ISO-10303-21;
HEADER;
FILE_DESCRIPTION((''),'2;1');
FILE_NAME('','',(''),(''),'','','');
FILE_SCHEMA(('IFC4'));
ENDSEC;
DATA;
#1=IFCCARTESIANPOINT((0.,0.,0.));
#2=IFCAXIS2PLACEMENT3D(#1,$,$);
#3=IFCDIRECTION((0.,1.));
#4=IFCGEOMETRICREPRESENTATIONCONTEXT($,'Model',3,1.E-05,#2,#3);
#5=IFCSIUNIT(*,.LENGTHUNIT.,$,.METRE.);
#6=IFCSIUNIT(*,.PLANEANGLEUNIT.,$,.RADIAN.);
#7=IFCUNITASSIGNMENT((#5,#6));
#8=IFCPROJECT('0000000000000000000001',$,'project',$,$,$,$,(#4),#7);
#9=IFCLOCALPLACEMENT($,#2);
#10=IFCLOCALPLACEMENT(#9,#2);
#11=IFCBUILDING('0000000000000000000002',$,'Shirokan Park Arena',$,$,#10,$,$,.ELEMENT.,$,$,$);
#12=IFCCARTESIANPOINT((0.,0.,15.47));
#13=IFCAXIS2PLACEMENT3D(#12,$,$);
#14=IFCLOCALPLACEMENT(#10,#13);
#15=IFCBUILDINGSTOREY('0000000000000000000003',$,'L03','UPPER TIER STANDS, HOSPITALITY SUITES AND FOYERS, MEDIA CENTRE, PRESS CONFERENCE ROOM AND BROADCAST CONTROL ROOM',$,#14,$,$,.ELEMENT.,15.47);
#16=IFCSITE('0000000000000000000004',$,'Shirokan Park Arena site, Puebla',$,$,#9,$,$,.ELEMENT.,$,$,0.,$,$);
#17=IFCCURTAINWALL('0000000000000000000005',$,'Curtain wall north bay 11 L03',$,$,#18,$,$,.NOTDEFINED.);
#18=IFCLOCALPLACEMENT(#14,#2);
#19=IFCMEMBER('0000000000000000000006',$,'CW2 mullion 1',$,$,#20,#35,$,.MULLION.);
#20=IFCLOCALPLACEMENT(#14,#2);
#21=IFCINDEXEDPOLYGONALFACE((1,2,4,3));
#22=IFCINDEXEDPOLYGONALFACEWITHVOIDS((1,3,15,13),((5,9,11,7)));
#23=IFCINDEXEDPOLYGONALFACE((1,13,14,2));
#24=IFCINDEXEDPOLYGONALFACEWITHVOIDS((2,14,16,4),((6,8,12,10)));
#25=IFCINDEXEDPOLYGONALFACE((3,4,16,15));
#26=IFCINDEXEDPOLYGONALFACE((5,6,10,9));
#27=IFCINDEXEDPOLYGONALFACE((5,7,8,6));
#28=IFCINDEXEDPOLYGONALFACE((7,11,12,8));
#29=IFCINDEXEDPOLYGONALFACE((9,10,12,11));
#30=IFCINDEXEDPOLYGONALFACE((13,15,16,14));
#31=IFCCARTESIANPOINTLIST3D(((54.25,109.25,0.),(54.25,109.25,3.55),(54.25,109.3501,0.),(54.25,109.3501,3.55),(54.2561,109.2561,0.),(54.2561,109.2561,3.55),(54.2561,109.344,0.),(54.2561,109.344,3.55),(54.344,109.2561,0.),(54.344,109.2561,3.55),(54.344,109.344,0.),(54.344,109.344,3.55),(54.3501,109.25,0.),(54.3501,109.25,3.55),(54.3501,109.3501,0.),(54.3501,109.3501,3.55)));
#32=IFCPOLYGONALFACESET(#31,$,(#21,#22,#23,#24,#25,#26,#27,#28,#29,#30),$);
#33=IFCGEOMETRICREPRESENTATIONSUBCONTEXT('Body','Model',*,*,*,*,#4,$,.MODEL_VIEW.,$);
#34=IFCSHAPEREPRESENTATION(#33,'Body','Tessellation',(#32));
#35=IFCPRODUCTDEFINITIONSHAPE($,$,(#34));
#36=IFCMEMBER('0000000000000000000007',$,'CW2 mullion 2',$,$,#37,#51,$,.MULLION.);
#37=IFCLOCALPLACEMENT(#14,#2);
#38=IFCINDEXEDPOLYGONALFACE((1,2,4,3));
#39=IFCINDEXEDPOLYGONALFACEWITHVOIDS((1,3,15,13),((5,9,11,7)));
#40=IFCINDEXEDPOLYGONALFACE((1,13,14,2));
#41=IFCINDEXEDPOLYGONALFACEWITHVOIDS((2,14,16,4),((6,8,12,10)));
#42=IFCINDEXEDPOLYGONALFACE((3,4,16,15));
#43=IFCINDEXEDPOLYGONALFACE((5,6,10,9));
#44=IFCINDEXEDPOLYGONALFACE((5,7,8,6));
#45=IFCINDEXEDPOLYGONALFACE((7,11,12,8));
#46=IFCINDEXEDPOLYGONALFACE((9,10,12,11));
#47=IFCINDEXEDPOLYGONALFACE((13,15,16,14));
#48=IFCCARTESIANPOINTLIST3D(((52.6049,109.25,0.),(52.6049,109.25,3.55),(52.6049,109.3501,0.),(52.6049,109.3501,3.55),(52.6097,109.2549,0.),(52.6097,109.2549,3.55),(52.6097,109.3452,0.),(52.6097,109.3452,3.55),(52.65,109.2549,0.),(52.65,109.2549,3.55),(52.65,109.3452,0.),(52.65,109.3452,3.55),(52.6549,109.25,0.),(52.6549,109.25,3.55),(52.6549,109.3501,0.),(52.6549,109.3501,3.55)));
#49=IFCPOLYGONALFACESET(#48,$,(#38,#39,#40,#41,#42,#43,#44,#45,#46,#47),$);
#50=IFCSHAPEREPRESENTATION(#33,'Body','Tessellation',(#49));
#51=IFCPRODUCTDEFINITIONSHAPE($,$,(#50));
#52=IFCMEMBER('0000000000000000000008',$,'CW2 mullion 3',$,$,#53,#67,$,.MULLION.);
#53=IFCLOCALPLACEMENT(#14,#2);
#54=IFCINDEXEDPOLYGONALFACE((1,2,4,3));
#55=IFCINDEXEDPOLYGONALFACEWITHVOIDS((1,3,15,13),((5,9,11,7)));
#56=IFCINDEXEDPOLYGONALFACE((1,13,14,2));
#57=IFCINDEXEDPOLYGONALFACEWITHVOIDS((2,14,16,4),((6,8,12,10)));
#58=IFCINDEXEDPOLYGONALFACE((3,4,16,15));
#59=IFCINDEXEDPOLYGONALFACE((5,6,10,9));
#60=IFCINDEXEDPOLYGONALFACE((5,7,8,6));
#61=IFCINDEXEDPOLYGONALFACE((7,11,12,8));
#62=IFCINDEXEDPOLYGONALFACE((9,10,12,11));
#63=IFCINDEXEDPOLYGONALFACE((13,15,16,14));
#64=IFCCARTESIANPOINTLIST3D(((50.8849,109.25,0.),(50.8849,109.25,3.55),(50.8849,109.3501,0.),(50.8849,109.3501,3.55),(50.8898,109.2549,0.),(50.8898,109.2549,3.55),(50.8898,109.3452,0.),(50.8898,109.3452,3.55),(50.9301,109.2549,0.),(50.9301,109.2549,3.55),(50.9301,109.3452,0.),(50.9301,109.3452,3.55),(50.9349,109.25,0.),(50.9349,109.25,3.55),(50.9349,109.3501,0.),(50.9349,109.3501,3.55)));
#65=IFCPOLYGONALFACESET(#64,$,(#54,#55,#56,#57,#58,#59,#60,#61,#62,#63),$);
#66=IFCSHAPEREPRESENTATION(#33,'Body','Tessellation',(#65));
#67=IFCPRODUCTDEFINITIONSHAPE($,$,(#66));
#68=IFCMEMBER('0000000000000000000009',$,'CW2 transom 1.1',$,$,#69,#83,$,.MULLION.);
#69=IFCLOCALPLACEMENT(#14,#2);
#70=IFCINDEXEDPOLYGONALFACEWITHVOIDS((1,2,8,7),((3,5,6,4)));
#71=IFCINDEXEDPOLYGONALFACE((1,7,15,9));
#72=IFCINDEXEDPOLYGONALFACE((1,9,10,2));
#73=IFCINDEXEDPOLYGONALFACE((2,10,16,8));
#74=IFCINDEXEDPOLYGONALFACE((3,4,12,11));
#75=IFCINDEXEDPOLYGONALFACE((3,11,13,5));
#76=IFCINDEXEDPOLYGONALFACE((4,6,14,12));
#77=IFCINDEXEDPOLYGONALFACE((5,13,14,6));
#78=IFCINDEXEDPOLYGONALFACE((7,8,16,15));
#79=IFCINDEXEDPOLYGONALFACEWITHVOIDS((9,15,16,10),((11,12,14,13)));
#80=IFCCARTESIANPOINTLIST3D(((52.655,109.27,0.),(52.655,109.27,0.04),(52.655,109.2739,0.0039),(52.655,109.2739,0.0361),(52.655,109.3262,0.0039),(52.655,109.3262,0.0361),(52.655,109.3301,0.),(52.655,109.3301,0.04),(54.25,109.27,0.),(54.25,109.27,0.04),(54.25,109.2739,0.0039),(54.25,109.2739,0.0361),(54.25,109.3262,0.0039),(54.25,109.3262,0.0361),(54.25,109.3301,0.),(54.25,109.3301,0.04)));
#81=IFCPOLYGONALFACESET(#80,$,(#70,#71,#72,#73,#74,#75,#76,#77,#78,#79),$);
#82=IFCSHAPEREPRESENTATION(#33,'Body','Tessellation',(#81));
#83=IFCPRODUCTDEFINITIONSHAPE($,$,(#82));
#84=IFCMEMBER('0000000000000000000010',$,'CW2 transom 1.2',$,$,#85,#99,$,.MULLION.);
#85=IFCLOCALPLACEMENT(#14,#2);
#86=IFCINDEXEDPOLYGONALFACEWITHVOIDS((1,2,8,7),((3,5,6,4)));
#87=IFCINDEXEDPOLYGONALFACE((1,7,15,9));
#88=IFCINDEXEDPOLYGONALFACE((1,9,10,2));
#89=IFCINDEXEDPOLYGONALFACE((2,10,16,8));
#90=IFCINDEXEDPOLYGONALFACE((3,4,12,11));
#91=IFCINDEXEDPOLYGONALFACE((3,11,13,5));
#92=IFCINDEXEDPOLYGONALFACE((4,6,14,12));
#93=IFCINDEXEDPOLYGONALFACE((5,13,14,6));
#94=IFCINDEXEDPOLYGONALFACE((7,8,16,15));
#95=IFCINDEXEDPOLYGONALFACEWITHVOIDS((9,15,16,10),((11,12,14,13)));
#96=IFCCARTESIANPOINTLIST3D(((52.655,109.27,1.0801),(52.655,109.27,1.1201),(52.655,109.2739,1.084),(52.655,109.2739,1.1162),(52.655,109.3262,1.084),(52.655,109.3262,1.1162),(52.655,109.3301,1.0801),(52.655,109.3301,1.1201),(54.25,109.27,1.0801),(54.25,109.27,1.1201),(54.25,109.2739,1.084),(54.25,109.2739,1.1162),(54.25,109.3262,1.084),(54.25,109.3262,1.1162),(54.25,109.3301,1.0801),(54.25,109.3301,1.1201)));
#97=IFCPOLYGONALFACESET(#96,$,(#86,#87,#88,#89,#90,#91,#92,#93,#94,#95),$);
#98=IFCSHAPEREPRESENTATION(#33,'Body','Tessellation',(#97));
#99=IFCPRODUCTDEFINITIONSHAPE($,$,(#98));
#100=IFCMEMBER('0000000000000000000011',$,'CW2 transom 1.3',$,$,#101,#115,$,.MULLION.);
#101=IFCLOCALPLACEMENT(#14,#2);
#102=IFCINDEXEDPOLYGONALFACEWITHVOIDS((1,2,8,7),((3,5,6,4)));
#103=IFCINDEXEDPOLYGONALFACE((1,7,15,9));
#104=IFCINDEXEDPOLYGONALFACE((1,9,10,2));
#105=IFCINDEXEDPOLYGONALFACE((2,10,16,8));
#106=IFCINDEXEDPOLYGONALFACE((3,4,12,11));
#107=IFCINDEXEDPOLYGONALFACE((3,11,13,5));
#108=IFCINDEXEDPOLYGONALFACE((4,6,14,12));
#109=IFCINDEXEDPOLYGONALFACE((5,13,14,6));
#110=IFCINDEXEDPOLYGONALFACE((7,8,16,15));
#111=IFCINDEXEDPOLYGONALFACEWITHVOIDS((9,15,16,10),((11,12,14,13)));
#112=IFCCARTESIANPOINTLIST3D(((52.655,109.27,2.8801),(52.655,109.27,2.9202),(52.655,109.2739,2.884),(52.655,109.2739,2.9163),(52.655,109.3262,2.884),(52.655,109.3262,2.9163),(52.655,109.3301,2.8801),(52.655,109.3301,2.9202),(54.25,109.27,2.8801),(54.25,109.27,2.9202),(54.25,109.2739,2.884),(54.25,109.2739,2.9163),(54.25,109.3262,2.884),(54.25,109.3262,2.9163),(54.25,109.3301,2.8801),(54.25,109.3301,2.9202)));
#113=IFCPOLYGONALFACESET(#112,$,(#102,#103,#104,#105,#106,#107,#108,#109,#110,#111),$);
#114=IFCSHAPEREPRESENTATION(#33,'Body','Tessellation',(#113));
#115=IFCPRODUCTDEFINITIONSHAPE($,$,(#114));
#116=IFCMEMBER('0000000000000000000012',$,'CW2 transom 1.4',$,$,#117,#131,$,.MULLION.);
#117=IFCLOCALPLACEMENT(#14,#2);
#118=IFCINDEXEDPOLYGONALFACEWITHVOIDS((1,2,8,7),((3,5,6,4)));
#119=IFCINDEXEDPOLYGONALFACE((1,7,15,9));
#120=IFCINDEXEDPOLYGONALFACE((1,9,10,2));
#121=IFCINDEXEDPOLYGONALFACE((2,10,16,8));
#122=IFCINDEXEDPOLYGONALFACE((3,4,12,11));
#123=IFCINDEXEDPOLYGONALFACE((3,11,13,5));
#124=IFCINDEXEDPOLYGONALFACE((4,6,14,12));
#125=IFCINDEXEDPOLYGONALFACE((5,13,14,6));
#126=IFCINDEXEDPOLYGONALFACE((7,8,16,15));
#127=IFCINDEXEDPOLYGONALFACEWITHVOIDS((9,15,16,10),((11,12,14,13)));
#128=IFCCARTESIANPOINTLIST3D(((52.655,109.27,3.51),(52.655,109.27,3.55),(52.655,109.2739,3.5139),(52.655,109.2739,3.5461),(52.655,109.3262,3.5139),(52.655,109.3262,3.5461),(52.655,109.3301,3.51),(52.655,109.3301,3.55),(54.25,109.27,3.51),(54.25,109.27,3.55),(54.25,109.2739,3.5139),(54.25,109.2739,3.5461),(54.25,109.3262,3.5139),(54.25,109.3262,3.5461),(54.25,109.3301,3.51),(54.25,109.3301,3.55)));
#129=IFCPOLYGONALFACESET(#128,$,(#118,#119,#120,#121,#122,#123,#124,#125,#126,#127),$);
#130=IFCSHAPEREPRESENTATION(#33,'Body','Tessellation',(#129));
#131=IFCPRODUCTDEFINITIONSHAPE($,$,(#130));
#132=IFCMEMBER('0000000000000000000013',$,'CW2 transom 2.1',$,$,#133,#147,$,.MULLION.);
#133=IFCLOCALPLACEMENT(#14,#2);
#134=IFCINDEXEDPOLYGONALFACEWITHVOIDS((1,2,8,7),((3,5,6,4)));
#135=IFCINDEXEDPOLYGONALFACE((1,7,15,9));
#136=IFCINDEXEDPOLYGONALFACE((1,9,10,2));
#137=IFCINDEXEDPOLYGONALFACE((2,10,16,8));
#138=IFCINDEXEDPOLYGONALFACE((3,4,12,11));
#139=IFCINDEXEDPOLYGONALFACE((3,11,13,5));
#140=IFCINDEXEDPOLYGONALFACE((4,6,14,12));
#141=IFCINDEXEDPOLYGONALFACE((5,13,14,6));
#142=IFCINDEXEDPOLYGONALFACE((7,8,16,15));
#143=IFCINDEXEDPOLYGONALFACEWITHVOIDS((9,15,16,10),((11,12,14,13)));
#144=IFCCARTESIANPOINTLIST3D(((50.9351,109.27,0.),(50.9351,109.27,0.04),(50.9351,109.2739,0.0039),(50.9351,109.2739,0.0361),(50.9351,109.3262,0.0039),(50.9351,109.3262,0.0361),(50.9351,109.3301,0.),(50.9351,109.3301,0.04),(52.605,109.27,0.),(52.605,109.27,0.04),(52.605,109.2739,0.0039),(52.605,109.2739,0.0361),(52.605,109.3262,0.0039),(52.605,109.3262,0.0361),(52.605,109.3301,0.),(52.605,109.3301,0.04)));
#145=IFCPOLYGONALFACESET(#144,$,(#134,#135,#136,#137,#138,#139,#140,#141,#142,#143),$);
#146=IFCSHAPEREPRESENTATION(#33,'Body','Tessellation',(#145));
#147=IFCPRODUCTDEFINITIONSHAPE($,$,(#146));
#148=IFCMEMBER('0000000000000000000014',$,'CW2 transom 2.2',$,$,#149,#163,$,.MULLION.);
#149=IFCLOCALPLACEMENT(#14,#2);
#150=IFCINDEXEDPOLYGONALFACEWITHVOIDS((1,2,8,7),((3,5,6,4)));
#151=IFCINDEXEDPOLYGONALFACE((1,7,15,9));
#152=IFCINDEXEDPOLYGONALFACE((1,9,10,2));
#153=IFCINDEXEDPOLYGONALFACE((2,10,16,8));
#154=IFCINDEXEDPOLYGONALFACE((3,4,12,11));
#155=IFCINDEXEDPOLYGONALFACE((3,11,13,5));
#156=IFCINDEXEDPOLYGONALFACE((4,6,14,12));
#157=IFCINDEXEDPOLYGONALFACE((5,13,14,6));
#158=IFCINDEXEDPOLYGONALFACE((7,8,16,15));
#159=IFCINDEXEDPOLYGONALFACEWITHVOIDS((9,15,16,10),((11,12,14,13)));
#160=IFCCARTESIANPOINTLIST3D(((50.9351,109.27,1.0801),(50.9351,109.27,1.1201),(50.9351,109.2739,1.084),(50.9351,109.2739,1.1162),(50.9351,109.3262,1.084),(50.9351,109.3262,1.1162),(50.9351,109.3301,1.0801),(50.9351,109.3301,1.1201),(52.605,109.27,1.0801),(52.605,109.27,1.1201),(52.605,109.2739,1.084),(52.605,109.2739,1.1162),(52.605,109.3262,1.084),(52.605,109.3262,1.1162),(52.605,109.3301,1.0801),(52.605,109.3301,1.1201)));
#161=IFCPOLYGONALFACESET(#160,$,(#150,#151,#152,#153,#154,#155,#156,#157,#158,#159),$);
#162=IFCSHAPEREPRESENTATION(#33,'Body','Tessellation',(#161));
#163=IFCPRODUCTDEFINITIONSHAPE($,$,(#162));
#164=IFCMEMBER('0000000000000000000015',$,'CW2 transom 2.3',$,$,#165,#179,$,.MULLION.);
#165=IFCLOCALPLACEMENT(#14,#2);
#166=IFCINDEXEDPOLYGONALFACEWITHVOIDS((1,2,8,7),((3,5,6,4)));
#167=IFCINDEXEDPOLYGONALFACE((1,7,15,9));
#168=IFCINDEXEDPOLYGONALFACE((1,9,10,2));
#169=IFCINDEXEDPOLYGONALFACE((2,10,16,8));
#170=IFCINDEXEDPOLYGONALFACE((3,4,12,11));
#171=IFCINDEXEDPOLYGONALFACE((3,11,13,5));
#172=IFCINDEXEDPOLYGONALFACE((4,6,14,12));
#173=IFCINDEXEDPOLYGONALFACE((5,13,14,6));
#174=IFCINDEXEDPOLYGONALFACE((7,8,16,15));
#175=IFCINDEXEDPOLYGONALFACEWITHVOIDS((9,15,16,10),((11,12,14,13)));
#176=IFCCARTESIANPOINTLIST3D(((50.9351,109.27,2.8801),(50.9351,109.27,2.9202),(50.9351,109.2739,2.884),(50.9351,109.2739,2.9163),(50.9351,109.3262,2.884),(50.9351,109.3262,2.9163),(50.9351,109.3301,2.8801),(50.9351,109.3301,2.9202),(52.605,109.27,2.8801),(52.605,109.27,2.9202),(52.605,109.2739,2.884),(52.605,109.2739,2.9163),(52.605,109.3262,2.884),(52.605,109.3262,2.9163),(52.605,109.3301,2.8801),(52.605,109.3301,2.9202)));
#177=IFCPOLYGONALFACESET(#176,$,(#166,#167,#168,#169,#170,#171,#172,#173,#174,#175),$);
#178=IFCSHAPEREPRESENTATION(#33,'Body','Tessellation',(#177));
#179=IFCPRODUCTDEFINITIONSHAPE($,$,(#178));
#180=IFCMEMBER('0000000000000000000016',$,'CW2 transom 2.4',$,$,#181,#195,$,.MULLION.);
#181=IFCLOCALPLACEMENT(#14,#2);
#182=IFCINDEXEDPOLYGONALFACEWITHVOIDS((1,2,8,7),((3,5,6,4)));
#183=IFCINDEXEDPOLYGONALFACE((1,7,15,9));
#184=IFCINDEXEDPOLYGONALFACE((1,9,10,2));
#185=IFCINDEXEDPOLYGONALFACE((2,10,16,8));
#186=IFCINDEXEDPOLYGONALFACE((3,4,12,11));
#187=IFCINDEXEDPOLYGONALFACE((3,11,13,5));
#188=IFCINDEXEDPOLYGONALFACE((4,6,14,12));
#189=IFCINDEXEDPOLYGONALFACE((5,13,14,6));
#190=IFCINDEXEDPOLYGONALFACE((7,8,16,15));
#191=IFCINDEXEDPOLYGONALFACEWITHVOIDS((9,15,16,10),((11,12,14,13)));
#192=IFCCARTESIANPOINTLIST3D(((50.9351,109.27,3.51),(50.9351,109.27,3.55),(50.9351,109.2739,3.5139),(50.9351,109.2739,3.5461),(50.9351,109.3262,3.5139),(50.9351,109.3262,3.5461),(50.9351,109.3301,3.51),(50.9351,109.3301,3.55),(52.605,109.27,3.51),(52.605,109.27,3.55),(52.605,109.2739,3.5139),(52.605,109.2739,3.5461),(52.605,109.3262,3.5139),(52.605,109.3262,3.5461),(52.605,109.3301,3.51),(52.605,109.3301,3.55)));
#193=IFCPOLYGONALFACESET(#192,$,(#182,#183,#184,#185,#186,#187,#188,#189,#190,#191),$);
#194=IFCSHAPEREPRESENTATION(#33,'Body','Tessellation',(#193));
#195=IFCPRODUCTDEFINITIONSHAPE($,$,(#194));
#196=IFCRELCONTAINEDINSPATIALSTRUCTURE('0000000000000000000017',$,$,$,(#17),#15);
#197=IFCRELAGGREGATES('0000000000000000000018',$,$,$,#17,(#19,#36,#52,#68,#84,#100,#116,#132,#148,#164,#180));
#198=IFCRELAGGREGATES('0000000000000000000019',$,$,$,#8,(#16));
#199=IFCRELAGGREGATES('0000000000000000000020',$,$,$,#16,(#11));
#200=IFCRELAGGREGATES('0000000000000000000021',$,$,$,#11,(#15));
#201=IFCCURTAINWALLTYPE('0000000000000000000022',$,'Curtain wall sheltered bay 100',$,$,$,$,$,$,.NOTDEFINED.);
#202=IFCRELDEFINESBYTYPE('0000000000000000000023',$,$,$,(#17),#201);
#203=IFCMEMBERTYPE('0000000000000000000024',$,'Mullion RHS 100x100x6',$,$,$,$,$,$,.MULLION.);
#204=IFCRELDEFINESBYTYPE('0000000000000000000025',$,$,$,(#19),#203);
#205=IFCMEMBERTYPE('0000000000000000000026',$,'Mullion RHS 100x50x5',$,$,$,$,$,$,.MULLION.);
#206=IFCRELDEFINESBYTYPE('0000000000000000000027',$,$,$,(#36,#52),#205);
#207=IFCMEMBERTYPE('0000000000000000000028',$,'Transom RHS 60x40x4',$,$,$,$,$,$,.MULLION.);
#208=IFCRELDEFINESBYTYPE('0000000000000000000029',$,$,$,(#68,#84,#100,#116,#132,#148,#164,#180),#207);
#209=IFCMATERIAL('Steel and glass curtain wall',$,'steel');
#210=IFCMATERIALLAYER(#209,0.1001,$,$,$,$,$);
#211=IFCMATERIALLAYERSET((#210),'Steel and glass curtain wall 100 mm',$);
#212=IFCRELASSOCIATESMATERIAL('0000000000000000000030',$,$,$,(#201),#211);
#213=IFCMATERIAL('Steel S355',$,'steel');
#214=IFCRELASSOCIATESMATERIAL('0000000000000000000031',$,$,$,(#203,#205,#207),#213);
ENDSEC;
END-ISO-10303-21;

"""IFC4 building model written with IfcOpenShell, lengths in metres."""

from ifc_helpers import new_model, si_unit, direction, frame, origin, origin_2d, place, context, subcontext, project, spatial, hollow_rectangle, extrude, material, layer, layer_set, material_profile, profile_set, type_object, element, aggregate, save


model = new_model("IFC4")

# Units and contexts
model_context = context("Model", 3, precision=1e-05, world=origin(), true_north=direction((0.0, 1.0)))
body_context = subcontext(model_context, "Body", "Model", "MODEL_VIEW")
ifc_project = project(units=[si_unit("LENGTHUNIT", "METRE"), si_unit("PLANEANGLEUNIT", "RADIAN")], contexts=[model_context])

# Site, building, storey
site_placement = place(None, origin())
site = spatial("IfcSite", under=ifc_project, at=site_placement, Name="Shirokan Park Arena site, Puebla", CompositionType="ELEMENT", RefElevation=0.0)
building_placement = place(site_placement, origin())
building = spatial("IfcBuilding", under=site, at=building_placement, Name="Shirokan Park Arena", CompositionType="ELEMENT")
storey_placement = place(building_placement, frame((0.0, 0.0, 15.47)))
storey = spatial("IfcBuildingStorey", under=building, at=storey_placement, Name="L03", Description="UPPER TIER STANDS, HOSPITALITY SUITES AND FOYERS, MEDIA CENTRE, PRESS CONFERENCE ROOM AND BROADCAST CONTROL ROOM", CompositionType="ELEMENT", Elevation=15.47)

# Curtain wall, members
ifc_material_1 = material(Name="Steel and glass curtain wall", Category="steel")
ifc_layer_1 = layer(ifc_material_1, 0.1001)
ifc_layer_set_1 = layer_set([ifc_layer_1], Name="Steel and glass curtain wall 100 mm")
curtain_wall_type = type_object("IfcCurtainWallType", Name="Curtain wall sheltered bay 100", PredefinedType="NOTDEFINED", material=ifc_layer_set_1)
curtain_wall_placement = place(storey_placement, origin())
curtain_wall = element("IfcCurtainWall", 1, at=curtain_wall_placement, inside=storey, type_object=curtain_wall_type, Name="Curtain wall north bay 11 L03", PredefinedType="NOTDEFINED")
ifc_material_2 = material(Name="Steel S355", Category="steel")
ifc_material_profile_1 = material_profile(ifc_material_2, hollow_rectangle(XDim=0.1001, YDim=0.1001, WallThickness=0.0061, at=origin_2d()), Name="RHS 100x100x6")
ifc_profile_set_1 = profile_set([ifc_material_profile_1], Name="Steel S355")
member_type_1 = type_object("IfcMemberType", Name="Mullion RHS 100x100x6", PredefinedType="MULLION", material=ifc_profile_set_1)
member_1_placement = place(storey_placement, frame((54.3, 109.3, 0.0), z_axis=(0.0, 0.0, 1.0), x_axis=(0.0, -1.0, 0.0)))
member_1 = element("IfcMember", 2, at=member_1_placement, type_object=member_type_1, Name="CW2 mullion 1", PredefinedType="MULLION", context=body_context, shape_type="SweptSolid", body=[
    extrude(hollow_rectangle(XDim=0.1001, YDim=0.1001, WallThickness=0.0061, at=origin_2d()), origin(), (0.0, 0.0, 1.0), 3.55),
])
ifc_material_profile_2 = material_profile(ifc_material_2, hollow_rectangle(XDim=0.1001, YDim=0.05, WallThickness=0.0049, at=origin_2d()), Name="RHS 100x50x5")
ifc_profile_set_2 = profile_set([ifc_material_profile_2], Name="Steel S355")
member_type_2 = type_object("IfcMemberType", Name="Mullion RHS 100x50x5", PredefinedType="MULLION", material=ifc_profile_set_2)
member_2_placement = place(storey_placement, frame((52.6299, 109.3, 0.0), z_axis=(0.0, 0.0, 1.0), x_axis=(0.0, -1.0, 0.0)))
member_2 = element("IfcMember", 3, at=member_2_placement, type_object=member_type_2, Name="CW2 mullion 2", PredefinedType="MULLION", context=body_context, shape_type="SweptSolid", body=[
    extrude(hollow_rectangle(XDim=0.1001, YDim=0.05, WallThickness=0.0049, at=origin_2d()), origin(), (0.0, 0.0, 1.0), 3.55),
])
member_3_placement = place(storey_placement, frame((50.9099, 109.3, 0.0), z_axis=(0.0, 0.0, 1.0), x_axis=(0.0, -1.0, 0.0)))
member_3 = element("IfcMember", 4, at=member_3_placement, type_object=member_type_2, Name="CW2 mullion 3", PredefinedType="MULLION", context=body_context, shape_type="SweptSolid", body=[
    extrude(hollow_rectangle(XDim=0.1001, YDim=0.05, WallThickness=0.0049, at=origin_2d()), origin(), (0.0, 0.0, 1.0), 3.55),
])
ifc_material_profile_3 = material_profile(ifc_material_2, hollow_rectangle(XDim=0.0601, YDim=0.04, WallThickness=0.0039, at=origin_2d()), Name="RHS 60x40x4")
ifc_profile_set_3 = profile_set([ifc_material_profile_3], Name="Steel S355")
member_type_3 = type_object("IfcMemberType", Name="Transom RHS 60x40x4", PredefinedType="MULLION", material=ifc_profile_set_3)
member_4_placement = place(storey_placement, frame((54.25, 109.3, 0.02), z_axis=(-1.0, 0.0, 0.0), x_axis=(0.0, -1.0, 0.0)))
member_4 = element("IfcMember", 5, at=member_4_placement, type_object=member_type_3, Name="CW2 transom 1.1", PredefinedType="MULLION", context=body_context, shape_type="SweptSolid", body=[
    extrude(hollow_rectangle(XDim=0.0601, YDim=0.04, WallThickness=0.0039, at=origin_2d()), origin(), (0.0, 0.0, 1.0), 1.595),
])
member_5_placement = place(storey_placement, frame((54.25, 109.3, 1.1001), z_axis=(-1.0, 0.0, 0.0), x_axis=(0.0, -1.0, 0.0)))
member_5 = element("IfcMember", 6, at=member_5_placement, type_object=member_type_3, Name="CW2 transom 1.2", PredefinedType="MULLION", context=body_context, shape_type="SweptSolid", body=[
    extrude(hollow_rectangle(XDim=0.0601, YDim=0.04, WallThickness=0.0039, at=origin_2d()), origin(), (0.0, 0.0, 1.0), 1.595),
])
member_6_placement = place(storey_placement, frame((54.25, 109.3, 2.9001), z_axis=(-1.0, 0.0, 0.0), x_axis=(0.0, -1.0, 0.0)))
member_6 = element("IfcMember", 7, at=member_6_placement, type_object=member_type_3, Name="CW2 transom 1.3", PredefinedType="MULLION", context=body_context, shape_type="SweptSolid", body=[
    extrude(hollow_rectangle(XDim=0.0601, YDim=0.04, WallThickness=0.0039, at=origin_2d()), origin(), (0.0, 0.0, 1.0), 1.595),
])
member_7_placement = place(storey_placement, frame((54.25, 109.3, 3.53), z_axis=(-1.0, 0.0, 0.0), x_axis=(0.0, -1.0, 0.0)))
member_7 = element("IfcMember", 8, at=member_7_placement, type_object=member_type_3, Name="CW2 transom 1.4", PredefinedType="MULLION", context=body_context, shape_type="SweptSolid", body=[
    extrude(hollow_rectangle(XDim=0.0601, YDim=0.04, WallThickness=0.0039, at=origin_2d()), origin(), (0.0, 0.0, 1.0), 1.595),
])
member_8_placement = place(storey_placement, frame((52.605, 109.3, 0.02), z_axis=(-1.0, 0.0, 0.0), x_axis=(0.0, -1.0, 0.0)))
member_8 = element("IfcMember", 9, at=member_8_placement, type_object=member_type_3, Name="CW2 transom 2.1", PredefinedType="MULLION", context=body_context, shape_type="SweptSolid", body=[
    extrude(hollow_rectangle(XDim=0.0601, YDim=0.04, WallThickness=0.0039, at=origin_2d()), origin(), (0.0, 0.0, 1.0), 1.6699),
])
member_9_placement = place(storey_placement, frame((52.605, 109.3, 1.1001), z_axis=(-1.0, 0.0, 0.0), x_axis=(0.0, -1.0, 0.0)))
member_9 = element("IfcMember", 10, at=member_9_placement, type_object=member_type_3, Name="CW2 transom 2.2", PredefinedType="MULLION", context=body_context, shape_type="SweptSolid", body=[
    extrude(hollow_rectangle(XDim=0.0601, YDim=0.04, WallThickness=0.0039, at=origin_2d()), origin(), (0.0, 0.0, 1.0), 1.6699),
])
member_10_placement = place(storey_placement, frame((52.605, 109.3, 2.9001), z_axis=(-1.0, 0.0, 0.0), x_axis=(0.0, -1.0, 0.0)))
member_10 = element("IfcMember", 11, at=member_10_placement, type_object=member_type_3, Name="CW2 transom 2.3", PredefinedType="MULLION", context=body_context, shape_type="SweptSolid", body=[
    extrude(hollow_rectangle(XDim=0.0601, YDim=0.04, WallThickness=0.0039, at=origin_2d()), origin(), (0.0, 0.0, 1.0), 1.6699),
])
member_11_placement = place(storey_placement, frame((52.605, 109.3, 3.53), z_axis=(-1.0, 0.0, 0.0), x_axis=(0.0, -1.0, 0.0)))
member_11 = element("IfcMember", 12, at=member_11_placement, type_object=member_type_3, Name="CW2 transom 2.4", PredefinedType="MULLION", context=body_context, shape_type="SweptSolid", body=[
    extrude(hollow_rectangle(XDim=0.0601, YDim=0.04, WallThickness=0.0039, at=origin_2d()), origin(), (0.0, 0.0, 1.0), 1.6699),
])
aggregate(curtain_wall, [member_1, member_2, member_3, member_4, member_5, member_6, member_7, member_8, member_9, member_10, member_11])

save(model, "model.ifc")
